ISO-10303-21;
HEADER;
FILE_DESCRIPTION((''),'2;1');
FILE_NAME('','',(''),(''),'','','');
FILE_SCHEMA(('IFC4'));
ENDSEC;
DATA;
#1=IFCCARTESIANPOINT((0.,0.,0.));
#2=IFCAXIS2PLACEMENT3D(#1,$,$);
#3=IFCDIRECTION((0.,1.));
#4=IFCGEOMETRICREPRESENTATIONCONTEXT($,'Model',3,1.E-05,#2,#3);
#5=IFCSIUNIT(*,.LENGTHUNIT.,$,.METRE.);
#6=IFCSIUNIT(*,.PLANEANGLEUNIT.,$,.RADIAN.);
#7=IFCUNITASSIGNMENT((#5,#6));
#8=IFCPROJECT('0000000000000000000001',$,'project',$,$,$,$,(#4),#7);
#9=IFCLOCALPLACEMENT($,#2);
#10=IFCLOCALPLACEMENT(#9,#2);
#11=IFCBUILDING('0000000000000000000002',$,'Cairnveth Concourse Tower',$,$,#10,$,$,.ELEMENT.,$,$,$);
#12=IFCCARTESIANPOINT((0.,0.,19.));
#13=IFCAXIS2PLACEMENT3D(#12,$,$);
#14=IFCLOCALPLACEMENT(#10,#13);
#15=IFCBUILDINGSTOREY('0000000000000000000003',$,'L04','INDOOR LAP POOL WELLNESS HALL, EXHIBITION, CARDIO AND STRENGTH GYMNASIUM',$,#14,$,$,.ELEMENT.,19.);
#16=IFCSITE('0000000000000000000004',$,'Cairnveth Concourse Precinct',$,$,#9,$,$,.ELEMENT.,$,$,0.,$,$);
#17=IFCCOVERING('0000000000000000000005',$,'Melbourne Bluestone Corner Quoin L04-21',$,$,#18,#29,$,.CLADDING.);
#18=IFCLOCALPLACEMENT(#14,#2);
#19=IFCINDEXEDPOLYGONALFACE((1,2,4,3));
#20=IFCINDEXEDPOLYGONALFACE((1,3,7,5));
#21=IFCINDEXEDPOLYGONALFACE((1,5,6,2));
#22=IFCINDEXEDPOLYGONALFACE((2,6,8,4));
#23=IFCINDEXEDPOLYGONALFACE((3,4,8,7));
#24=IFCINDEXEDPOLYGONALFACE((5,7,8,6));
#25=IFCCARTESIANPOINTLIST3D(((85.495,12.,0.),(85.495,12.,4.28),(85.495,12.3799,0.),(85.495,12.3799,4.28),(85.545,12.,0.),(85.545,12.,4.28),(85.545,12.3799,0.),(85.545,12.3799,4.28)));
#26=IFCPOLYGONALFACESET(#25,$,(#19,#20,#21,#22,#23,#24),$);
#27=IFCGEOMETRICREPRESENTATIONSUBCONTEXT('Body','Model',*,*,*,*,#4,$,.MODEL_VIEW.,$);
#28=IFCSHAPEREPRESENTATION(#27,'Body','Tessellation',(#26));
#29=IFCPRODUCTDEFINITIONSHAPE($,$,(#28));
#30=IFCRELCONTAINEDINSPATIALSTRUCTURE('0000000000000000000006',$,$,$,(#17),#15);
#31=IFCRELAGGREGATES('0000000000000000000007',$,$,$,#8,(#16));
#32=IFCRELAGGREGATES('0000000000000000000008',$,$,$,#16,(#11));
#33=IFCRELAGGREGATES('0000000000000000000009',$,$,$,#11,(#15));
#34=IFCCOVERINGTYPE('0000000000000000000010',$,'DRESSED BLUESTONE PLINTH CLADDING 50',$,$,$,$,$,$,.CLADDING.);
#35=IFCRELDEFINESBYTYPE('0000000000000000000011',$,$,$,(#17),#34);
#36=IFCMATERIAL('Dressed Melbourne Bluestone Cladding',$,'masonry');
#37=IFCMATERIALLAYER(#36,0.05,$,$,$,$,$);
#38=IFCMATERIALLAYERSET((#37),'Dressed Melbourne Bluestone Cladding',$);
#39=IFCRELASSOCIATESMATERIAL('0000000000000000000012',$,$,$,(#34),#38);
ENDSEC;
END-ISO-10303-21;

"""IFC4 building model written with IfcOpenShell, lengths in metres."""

from ifc_helpers import new_model, si_unit, direction, frame, frame_2d, origin, place, context, subcontext, project, spatial, rectangle, extrude, material, layer, layer_set, type_object, element, save


model = new_model("IFC4")

# Units and contexts
model_context = context("Model", 3, precision=1e-05, world=origin(), true_north=direction((0.0, 1.0)))
body_context = subcontext(model_context, "Body", "Model", "MODEL_VIEW")
ifc_project = project(units=[si_unit("LENGTHUNIT", "METRE"), si_unit("PLANEANGLEUNIT", "RADIAN")], contexts=[model_context])

# Site, building, storey
site_placement = place(None, origin())
site = spatial("IfcSite", under=ifc_project, at=site_placement, Name="Cairnveth Concourse Precinct", CompositionType="ELEMENT", RefElevation=0.0)
building_placement = place(site_placement, origin())
building = spatial("IfcBuilding", under=site, at=building_placement, Name="Cairnveth Concourse Tower", CompositionType="ELEMENT")
storey_placement = place(building_placement, frame((0.0, 0.0, 19.0)))
storey = spatial("IfcBuildingStorey", under=building, at=storey_placement, Name="L04", Description="INDOOR LAP POOL WELLNESS HALL, EXHIBITION, CARDIO AND STRENGTH GYMNASIUM", CompositionType="ELEMENT", Elevation=19.0)

# Covering
ifc_material_1 = material(Name="Dressed Melbourne Bluestone Cladding", Category="masonry")
ifc_layer_1 = layer(ifc_material_1, 0.05)
ifc_layer_set_1 = layer_set([ifc_layer_1], Name="Dressed Melbourne Bluestone Cladding")
covering_type = type_object("IfcCoveringType", Name="DRESSED BLUESTONE PLINTH CLADDING 50", PredefinedType="CLADDING", material=ifc_layer_set_1)
covering_placement = place(storey_placement, frame((85.52, 12.3799, 0.0), z_axis=(0.0, 0.0, 1.0), x_axis=(0.0, -1.0, 0.0)))
element("IfcCovering", 1, at=covering_placement, inside=storey, type_object=covering_type, Name="Melbourne Bluestone Corner Quoin L04-21", PredefinedType="CLADDING", context=body_context, shape_type="SweptSolid", body=[
    extrude(rectangle(XDim=0.3799, YDim=0.05, at=frame_2d((0.1899, 0.0))), origin(), (0.0, 0.0, 1.0), 4.28),
])

save(model, "model.ifc")
